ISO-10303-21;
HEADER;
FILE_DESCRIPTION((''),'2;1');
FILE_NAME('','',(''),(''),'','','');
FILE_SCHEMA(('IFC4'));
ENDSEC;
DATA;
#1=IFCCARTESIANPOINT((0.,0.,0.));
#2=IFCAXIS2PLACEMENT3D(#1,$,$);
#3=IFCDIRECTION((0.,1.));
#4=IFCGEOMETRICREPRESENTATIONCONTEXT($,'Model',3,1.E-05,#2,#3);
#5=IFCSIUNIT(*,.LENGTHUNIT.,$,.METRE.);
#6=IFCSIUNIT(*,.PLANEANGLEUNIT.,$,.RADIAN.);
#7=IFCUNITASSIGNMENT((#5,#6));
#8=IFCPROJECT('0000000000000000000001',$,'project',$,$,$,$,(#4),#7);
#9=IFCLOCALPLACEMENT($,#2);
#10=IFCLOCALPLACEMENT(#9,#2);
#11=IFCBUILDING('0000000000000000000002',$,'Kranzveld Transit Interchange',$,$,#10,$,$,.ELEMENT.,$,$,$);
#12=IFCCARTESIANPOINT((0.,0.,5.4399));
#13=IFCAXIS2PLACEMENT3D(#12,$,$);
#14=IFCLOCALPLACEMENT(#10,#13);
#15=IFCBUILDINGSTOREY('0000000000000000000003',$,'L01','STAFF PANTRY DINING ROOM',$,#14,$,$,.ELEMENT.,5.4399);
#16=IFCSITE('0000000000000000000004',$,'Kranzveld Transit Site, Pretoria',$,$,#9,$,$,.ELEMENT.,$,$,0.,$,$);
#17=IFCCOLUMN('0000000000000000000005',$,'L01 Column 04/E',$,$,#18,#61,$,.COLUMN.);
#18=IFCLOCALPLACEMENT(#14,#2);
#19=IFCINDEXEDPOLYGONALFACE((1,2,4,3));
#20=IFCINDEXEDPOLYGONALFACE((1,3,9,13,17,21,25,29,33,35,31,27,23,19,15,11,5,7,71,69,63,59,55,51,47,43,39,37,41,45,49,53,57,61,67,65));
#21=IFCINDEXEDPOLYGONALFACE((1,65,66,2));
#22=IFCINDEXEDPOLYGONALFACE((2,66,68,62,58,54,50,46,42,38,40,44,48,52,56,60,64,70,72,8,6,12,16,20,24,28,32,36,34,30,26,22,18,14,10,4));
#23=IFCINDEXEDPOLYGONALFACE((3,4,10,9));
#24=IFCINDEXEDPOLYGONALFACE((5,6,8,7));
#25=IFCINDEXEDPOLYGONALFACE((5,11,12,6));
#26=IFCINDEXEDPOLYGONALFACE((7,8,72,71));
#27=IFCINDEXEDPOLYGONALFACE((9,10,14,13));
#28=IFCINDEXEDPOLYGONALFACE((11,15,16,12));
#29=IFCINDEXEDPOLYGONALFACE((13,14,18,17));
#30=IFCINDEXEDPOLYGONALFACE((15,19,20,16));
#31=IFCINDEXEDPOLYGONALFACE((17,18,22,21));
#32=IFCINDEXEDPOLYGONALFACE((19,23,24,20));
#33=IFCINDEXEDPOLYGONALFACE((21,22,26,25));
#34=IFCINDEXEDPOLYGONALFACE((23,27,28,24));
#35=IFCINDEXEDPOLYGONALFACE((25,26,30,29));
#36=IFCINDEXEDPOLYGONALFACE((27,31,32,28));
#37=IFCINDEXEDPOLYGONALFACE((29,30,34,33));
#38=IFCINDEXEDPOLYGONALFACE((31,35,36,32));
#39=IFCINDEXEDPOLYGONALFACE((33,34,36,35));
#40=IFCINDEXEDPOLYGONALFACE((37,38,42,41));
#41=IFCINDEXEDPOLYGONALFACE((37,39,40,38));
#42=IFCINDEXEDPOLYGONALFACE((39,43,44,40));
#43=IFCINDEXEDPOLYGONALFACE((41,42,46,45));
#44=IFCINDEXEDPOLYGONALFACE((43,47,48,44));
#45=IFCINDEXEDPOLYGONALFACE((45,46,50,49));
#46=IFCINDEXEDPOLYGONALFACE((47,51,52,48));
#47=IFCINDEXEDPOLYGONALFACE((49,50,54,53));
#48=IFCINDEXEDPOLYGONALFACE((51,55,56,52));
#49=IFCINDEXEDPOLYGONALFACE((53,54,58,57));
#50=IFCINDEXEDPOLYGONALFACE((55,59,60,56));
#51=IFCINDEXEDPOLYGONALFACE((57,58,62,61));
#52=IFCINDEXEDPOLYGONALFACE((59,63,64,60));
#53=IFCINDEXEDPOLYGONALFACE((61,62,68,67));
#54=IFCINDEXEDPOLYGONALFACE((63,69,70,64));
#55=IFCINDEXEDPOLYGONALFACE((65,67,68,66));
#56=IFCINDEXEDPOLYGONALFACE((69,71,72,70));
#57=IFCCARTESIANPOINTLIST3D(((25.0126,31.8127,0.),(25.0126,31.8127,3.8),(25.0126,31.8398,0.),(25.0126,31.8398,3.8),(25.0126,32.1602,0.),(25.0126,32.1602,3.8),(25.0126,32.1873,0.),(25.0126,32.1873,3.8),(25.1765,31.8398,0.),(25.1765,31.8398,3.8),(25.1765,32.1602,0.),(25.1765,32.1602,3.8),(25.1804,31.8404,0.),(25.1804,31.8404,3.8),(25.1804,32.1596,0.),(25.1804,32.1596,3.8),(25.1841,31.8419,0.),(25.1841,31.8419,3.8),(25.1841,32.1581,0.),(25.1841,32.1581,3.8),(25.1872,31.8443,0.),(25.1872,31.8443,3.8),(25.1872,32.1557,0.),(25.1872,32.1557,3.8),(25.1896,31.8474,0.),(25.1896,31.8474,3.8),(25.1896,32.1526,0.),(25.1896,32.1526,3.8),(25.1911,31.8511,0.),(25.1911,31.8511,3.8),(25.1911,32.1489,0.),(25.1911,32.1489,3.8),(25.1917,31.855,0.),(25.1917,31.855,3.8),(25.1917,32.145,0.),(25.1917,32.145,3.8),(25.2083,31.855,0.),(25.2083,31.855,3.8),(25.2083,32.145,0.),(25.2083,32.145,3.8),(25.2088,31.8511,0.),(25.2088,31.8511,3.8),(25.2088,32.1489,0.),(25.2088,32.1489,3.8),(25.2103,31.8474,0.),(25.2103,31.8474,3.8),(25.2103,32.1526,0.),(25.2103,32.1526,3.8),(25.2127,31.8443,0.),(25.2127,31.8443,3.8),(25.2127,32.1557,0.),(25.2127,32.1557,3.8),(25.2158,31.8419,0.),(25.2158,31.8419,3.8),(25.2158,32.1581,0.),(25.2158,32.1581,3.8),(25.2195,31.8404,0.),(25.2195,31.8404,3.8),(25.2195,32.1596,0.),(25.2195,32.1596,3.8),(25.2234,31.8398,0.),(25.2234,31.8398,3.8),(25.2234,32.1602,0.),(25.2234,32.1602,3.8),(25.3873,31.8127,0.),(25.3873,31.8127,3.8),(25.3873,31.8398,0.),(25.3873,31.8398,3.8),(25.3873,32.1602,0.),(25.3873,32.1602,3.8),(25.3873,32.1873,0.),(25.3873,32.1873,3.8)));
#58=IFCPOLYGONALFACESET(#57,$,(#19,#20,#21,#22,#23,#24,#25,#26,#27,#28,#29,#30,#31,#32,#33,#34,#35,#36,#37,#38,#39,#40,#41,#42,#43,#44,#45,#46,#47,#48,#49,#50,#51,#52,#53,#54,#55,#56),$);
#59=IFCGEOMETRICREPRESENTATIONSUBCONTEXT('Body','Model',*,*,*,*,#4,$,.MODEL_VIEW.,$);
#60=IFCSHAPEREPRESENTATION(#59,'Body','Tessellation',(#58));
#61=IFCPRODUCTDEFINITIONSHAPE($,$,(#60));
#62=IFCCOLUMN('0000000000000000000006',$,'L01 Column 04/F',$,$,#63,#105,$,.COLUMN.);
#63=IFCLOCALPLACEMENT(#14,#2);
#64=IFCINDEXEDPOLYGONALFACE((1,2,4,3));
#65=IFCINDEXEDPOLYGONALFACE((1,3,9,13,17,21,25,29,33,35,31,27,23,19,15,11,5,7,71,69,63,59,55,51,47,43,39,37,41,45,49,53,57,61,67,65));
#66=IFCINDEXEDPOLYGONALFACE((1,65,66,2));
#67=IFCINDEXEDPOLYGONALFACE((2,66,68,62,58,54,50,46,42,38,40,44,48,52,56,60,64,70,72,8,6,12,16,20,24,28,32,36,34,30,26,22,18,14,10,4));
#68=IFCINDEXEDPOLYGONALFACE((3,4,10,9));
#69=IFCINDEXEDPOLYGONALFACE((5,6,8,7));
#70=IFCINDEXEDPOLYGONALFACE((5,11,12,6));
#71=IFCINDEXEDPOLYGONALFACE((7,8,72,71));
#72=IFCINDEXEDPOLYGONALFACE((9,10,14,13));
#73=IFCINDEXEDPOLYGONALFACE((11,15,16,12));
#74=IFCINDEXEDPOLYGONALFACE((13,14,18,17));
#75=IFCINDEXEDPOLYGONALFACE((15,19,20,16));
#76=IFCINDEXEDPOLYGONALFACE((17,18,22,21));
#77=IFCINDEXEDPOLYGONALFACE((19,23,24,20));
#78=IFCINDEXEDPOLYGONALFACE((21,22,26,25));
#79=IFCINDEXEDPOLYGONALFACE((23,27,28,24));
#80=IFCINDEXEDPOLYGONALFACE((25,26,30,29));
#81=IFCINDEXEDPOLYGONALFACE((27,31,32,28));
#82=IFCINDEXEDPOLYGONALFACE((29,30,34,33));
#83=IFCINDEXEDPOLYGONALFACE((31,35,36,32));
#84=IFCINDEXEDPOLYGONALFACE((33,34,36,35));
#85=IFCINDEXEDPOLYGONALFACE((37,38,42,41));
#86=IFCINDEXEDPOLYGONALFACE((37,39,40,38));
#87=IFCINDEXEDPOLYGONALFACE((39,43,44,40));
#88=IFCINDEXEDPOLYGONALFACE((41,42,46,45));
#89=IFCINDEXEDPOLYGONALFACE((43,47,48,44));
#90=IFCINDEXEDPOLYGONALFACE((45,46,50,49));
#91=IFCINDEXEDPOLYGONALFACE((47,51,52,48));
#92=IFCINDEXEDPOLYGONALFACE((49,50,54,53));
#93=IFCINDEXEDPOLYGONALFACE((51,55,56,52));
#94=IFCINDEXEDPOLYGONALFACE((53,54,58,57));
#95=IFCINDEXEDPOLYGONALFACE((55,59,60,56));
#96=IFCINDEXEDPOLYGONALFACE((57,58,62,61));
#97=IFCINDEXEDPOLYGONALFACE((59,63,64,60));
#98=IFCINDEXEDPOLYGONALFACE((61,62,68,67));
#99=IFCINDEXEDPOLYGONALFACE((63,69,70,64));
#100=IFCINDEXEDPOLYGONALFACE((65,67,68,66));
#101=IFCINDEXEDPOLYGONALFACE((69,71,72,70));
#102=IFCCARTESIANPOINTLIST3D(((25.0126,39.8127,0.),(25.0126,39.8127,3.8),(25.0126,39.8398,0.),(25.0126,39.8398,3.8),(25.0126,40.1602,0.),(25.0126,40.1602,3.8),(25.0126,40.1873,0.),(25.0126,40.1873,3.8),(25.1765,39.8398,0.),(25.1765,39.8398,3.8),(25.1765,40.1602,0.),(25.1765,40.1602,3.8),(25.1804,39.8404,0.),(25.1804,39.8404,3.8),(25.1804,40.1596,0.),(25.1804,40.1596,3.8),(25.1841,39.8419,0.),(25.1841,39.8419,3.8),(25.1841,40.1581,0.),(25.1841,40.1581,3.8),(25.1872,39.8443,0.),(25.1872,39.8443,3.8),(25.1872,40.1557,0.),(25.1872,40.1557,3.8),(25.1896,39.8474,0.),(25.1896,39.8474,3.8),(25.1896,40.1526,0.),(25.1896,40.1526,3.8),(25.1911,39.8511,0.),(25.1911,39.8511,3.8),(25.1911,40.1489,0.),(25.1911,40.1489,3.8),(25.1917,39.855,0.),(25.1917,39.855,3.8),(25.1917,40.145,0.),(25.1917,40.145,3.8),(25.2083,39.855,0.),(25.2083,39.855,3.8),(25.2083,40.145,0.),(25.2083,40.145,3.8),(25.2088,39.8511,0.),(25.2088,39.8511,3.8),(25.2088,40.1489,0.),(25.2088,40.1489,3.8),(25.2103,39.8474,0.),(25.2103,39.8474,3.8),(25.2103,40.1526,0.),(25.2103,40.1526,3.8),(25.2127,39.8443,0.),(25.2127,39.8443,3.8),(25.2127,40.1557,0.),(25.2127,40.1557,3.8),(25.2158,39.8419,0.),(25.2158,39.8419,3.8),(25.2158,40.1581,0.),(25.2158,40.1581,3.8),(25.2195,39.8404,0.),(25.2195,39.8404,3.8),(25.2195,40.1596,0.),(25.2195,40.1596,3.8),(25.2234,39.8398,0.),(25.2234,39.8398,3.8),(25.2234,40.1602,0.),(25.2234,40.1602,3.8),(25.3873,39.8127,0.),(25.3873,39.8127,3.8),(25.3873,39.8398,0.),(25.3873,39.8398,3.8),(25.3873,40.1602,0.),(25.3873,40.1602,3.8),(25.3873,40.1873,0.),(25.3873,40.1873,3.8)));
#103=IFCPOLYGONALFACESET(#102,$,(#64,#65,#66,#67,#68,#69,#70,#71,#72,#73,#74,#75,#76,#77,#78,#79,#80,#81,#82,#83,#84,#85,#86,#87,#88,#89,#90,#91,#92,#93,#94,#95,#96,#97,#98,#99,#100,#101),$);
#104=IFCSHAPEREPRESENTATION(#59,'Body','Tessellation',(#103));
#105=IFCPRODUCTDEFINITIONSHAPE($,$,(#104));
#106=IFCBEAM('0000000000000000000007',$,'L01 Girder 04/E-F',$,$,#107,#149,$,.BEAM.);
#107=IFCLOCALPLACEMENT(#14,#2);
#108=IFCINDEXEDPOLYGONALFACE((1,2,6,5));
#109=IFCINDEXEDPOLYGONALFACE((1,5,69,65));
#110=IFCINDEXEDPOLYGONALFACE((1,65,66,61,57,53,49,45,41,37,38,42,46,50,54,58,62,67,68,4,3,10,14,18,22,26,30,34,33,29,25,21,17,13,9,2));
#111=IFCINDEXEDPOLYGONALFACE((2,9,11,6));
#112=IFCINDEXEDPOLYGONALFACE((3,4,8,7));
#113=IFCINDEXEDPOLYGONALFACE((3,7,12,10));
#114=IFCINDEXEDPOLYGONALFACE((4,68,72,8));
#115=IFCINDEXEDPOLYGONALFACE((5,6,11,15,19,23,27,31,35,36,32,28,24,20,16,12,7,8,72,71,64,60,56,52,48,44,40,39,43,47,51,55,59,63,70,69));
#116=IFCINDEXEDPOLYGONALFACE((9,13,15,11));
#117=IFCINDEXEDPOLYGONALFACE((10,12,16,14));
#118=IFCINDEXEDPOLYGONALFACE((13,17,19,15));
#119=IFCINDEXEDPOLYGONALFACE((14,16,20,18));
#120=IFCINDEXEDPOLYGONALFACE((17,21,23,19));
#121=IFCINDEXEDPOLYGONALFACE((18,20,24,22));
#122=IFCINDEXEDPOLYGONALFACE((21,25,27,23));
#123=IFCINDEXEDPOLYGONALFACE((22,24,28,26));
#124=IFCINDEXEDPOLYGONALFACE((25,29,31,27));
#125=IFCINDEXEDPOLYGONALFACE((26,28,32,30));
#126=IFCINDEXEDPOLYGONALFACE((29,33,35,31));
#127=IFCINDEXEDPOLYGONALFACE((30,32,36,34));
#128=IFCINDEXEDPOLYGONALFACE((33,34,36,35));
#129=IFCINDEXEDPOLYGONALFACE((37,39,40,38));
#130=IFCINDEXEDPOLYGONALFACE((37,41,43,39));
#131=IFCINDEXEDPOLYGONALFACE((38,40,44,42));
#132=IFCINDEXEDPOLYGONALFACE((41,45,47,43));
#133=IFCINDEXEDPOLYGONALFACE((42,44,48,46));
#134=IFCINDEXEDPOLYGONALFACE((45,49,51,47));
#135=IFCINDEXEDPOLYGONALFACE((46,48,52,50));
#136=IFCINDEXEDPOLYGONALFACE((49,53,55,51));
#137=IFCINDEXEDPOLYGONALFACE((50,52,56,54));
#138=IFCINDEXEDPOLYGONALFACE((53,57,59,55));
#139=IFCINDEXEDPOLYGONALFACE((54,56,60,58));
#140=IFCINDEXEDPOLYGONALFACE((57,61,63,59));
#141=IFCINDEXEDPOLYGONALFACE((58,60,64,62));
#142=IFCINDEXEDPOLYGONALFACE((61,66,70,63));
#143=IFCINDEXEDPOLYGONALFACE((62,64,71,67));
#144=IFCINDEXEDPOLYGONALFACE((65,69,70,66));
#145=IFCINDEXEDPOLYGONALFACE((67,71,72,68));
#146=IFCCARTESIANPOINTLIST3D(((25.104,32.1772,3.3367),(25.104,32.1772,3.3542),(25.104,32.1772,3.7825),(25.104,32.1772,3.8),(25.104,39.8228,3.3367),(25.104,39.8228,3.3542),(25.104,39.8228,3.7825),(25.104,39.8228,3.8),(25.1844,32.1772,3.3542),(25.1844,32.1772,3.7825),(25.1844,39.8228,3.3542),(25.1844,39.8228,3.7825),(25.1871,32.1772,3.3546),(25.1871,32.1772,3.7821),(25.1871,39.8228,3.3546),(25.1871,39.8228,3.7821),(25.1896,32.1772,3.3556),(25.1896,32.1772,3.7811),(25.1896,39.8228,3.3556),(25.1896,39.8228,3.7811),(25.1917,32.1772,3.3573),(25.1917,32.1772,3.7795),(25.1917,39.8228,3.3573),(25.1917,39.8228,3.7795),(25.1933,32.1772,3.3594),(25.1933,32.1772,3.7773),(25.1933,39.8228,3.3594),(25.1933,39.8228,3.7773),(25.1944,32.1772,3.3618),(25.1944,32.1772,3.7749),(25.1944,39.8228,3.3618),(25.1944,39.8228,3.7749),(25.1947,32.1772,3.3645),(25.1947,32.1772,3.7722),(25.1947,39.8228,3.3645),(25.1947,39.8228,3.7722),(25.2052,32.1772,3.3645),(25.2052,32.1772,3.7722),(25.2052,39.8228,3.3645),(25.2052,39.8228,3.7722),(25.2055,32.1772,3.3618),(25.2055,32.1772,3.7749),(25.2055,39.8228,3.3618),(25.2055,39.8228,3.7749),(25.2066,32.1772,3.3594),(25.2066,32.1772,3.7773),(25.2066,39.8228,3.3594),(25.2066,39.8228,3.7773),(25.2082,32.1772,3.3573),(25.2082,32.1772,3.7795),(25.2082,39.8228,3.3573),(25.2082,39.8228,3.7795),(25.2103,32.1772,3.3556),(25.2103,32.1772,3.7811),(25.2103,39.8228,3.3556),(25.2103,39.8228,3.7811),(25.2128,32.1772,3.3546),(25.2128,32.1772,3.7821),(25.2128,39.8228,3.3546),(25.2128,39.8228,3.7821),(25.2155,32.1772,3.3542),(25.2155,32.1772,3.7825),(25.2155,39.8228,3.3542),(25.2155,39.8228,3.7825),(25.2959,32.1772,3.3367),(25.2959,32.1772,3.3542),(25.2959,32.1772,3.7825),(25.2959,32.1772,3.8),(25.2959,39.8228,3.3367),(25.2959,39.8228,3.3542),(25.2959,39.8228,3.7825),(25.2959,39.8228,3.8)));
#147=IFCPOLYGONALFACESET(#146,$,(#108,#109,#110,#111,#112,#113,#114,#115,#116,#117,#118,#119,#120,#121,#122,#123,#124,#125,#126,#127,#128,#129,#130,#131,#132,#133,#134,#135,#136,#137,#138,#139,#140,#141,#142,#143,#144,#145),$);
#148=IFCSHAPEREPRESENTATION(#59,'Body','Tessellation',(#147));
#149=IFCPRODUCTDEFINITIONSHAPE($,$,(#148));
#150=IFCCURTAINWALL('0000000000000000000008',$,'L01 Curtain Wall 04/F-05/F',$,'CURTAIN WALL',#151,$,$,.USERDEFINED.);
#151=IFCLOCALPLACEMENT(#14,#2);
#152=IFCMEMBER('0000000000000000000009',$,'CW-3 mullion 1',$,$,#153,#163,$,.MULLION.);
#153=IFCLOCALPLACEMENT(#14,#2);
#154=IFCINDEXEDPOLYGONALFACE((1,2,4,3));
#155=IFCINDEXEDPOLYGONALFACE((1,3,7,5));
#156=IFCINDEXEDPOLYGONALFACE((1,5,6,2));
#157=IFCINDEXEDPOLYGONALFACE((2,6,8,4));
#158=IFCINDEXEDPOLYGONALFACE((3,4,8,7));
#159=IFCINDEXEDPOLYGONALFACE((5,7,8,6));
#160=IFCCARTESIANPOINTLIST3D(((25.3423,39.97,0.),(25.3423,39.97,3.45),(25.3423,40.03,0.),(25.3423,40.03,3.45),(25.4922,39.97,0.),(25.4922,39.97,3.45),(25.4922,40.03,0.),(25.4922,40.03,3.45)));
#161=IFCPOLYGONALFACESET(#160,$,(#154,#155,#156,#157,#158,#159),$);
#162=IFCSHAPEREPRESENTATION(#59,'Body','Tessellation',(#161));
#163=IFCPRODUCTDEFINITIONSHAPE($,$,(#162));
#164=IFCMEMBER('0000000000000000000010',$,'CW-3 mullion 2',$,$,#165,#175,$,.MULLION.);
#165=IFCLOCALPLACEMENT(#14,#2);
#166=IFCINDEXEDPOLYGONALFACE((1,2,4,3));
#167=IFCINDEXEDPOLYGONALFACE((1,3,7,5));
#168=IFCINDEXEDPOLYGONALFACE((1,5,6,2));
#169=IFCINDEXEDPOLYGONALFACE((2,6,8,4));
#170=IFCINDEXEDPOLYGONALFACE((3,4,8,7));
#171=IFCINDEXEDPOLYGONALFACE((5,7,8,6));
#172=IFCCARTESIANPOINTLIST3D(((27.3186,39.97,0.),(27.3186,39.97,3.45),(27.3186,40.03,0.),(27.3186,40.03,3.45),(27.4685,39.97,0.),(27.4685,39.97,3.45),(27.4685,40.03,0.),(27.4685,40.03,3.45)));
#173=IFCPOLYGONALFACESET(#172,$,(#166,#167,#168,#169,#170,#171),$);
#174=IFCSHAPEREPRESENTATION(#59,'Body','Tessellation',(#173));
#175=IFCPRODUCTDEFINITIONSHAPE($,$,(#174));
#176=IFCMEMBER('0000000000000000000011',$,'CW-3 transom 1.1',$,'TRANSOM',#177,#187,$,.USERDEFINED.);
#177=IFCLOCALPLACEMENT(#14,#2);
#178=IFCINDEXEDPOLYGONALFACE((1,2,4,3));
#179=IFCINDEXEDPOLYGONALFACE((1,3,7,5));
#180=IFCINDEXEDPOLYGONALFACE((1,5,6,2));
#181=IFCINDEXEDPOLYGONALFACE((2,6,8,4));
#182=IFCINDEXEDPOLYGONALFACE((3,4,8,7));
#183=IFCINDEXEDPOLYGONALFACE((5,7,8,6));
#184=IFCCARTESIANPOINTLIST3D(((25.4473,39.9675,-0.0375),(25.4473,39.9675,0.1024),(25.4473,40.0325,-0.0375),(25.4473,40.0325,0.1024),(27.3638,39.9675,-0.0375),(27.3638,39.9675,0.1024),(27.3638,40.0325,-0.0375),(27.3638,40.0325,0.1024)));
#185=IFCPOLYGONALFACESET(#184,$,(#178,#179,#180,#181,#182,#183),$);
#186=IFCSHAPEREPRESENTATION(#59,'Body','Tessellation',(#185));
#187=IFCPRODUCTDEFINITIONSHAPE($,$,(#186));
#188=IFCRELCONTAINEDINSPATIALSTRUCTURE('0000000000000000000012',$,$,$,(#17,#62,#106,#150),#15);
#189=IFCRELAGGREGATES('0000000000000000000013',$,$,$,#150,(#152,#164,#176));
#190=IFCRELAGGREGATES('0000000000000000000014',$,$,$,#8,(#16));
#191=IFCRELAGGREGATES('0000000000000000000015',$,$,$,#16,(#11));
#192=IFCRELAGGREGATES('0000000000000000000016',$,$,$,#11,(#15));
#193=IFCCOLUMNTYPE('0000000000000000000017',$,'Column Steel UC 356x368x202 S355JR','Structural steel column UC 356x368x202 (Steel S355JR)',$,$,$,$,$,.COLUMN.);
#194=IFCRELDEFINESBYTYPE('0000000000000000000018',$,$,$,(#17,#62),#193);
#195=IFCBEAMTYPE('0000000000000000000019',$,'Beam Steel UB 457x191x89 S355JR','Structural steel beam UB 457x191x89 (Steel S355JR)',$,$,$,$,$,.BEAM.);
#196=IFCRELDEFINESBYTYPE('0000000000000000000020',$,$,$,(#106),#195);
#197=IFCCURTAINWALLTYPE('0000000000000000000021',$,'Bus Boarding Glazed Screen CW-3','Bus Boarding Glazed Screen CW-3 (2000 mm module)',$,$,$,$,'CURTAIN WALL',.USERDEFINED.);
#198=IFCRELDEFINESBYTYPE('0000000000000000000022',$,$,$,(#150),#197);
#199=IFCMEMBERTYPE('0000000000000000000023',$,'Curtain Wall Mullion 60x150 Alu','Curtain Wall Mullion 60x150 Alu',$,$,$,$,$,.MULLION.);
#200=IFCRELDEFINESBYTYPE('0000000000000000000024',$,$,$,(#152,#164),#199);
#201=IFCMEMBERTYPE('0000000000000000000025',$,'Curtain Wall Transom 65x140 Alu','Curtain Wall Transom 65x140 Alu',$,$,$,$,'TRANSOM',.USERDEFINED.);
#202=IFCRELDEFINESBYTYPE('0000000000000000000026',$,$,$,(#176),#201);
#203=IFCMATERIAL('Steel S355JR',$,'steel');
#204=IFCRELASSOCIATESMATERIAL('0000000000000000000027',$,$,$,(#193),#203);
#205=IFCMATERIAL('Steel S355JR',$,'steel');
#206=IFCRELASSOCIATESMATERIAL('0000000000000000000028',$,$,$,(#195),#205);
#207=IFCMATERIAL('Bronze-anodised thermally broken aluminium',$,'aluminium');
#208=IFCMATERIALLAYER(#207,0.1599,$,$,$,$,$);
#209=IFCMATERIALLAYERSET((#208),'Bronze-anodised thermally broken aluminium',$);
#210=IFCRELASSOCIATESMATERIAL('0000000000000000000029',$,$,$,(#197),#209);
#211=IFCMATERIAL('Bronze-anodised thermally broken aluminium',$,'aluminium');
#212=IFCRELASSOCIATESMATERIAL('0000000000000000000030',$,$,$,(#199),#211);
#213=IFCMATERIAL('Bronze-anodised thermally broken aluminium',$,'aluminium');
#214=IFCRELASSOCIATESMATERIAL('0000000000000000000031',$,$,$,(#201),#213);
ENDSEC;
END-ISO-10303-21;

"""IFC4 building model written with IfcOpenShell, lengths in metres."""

from ifc_helpers import new_model, si_unit, direction, frame, origin, origin_2d, place, context, subcontext, project, spatial, rectangle, i_section, extrude, material, layer, layer_set, material_profile, profile_set, type_object, element, aggregate, save


model = new_model("IFC4")

# Units and contexts
model_context = context("Model", 3, precision=1e-05, world=origin(), true_north=direction((0.0, 1.0)))
body_context = subcontext(model_context, "Body", "Model", "MODEL_VIEW")
ifc_project = project(units=[si_unit("LENGTHUNIT", "METRE"), si_unit("PLANEANGLEUNIT", "RADIAN")], contexts=[model_context])

# Site, building, storey
site_placement = place(None, origin())
site = spatial("IfcSite", under=ifc_project, at=site_placement, Name="Kranzveld Transit Site, Pretoria", CompositionType="ELEMENT", RefElevation=0.0)
building_placement = place(site_placement, origin())
building = spatial("IfcBuilding", under=site, at=building_placement, Name="Kranzveld Transit Interchange", CompositionType="ELEMENT")
storey_placement = place(building_placement, frame((0.0, 0.0, 5.4399)))
storey = spatial("IfcBuildingStorey", under=building, at=storey_placement, Name="L01", Description="STAFF PANTRY DINING ROOM", CompositionType="ELEMENT", Elevation=5.4399)

# Columns
ifc_material_1 = material(Name="Steel S355JR", Category="steel")
ifc_material_profile_1 = material_profile(ifc_material_1, i_section(OverallWidth=0.3748, OverallDepth=0.3745, WebThickness=0.0166, FlangeThickness=0.0271, FilletRadius=0.0151, at=origin_2d()), Name="UC 356x368x202")
ifc_profile_set_1 = profile_set([ifc_material_profile_1], Name="Steel S355JR")
column_type = type_object("IfcColumnType", Name="Column Steel UC 356x368x202 S355JR", Description="Structural steel column UC 356x368x202 (Steel S355JR)", PredefinedType="COLUMN", material=ifc_profile_set_1)
for number, where, z_axis, x_axis, name in (
    (1, (25.2, 32.0, 0.0), (0.0, 0.0, 1.0), (1.0, 0.0, 0.0), "L01 Column 04/E"),
    (2, (25.2, 40.0, 0.0), (0.0, 0.0, 1.0), (1.0, 0.0, 0.0), "L01 Column 04/F"),
):
    element("IfcColumn", number, at=place(storey_placement, frame(where, z_axis=z_axis, x_axis=x_axis)), inside=storey, type_object=column_type, Name=name, PredefinedType="COLUMN", context=body_context, shape_type="SweptSolid", body=[
        extrude(i_section(OverallWidth=0.3748, OverallDepth=0.3745, WebThickness=0.0166, FlangeThickness=0.0271, FilletRadius=0.0151, at=origin_2d()), origin(), (0.0, 0.0, 1.0), 3.8),
    ])

# Beam
ifc_material_2 = material(Name="Steel S355JR", Category="steel")
ifc_material_profile_2 = material_profile(ifc_material_2, i_section(OverallWidth=0.1919, OverallDepth=0.4634, WebThickness=0.0105, FlangeThickness=0.0176, FilletRadius=0.0103, at=origin_2d()), Name="UB 457x191x89")
ifc_profile_set_2 = profile_set([ifc_material_profile_2], Name="Steel S355JR")
beam_type_1 = type_object("IfcBeamType", Name="Beam Steel UB 457x191x89 S355JR", Description="Structural steel beam UB 457x191x89 (Steel S355JR)", PredefinedType="BEAM", material=ifc_profile_set_2)
beam_1_placement = place(storey_placement, frame((25.2, 32.1772, 3.5684), z_axis=(0.0, 1.0, 0.0), x_axis=(-1.0, 0.0, 0.0)))
element("IfcBeam", 3, at=beam_1_placement, inside=storey, type_object=beam_type_1, Name="L01 Girder 04/E-F", PredefinedType="BEAM", context=body_context, shape_type="SweptSolid", body=[
    extrude(i_section(OverallWidth=0.1919, OverallDepth=0.4634, WebThickness=0.0105, FlangeThickness=0.0176, FilletRadius=0.0103, at=origin_2d()), origin(), (0.0, 0.0, 1.0), 7.6455),
])

# Curtain wall, members
ifc_material_3 = material(Name="Bronze-anodised thermally broken aluminium", Category="aluminium")
ifc_layer_1 = layer(ifc_material_3, 0.1599)
ifc_layer_set_1 = layer_set([ifc_layer_1], Name="Bronze-anodised thermally broken aluminium")
curtain_wall_type = type_object("IfcCurtainWallType", Name="Bus Boarding Glazed Screen CW-3", Description="Bus Boarding Glazed Screen CW-3 (2000 mm module)", ElementType="CURTAIN WALL", PredefinedType="USERDEFINED", material=ifc_layer_set_1)
curtain_wall_placement = place(storey_placement, origin())
curtain_wall = element("IfcCurtainWall", 4, at=curtain_wall_placement, inside=storey, type_object=curtain_wall_type, Name="L01 Curtain Wall 04/F-05/F", ObjectType="CURTAIN WALL", PredefinedType="USERDEFINED")
ifc_material_4 = material(Name="Bronze-anodised thermally broken aluminium", Category="aluminium")
ifc_material_profile_3 = material_profile(ifc_material_4, rectangle(XDim=0.0601, YDim=0.1499, at=origin_2d()), Name="ALU MULLION 60x150")
ifc_profile_set_3 = profile_set([ifc_material_profile_3], Name="Bronze-anodised thermally broken aluminium")
member_type_1 = type_object("IfcMemberType", Name="Curtain Wall Mullion 60x150 Alu", Description="Curtain Wall Mullion 60x150 Alu", PredefinedType="MULLION", material=ifc_profile_set_3)
member_1_placement = place(storey_placement, frame((25.4172, 40.0, 0.0), z_axis=(0.0, 0.0, 1.0), x_axis=(0.0, 1.0, 0.0)))
member_1 = element("IfcMember", 5, at=member_1_placement, type_object=member_type_1, Name="CW-3 mullion 1", PredefinedType="MULLION", context=body_context, shape_type="SweptSolid", body=[
    extrude(rectangle(XDim=0.0601, YDim=0.1499, at=origin_2d()), origin(), (0.0, 0.0, 1.0), 3.45),
])
member_2_placement = place(storey_placement, frame((27.3936, 40.0, 0.0), z_axis=(0.0, 0.0, 1.0), x_axis=(0.0, 1.0, 0.0)))
member_2 = element("IfcMember", 6, at=member_2_placement, type_object=member_type_1, Name="CW-3 mullion 2", PredefinedType="MULLION", context=body_context, shape_type="SweptSolid", body=[
    extrude(rectangle(XDim=0.0601, YDim=0.1499, at=origin_2d()), origin(), (0.0, 0.0, 1.0), 3.45),
])
ifc_material_5 = material(Name="Bronze-anodised thermally broken aluminium", Category="aluminium")
ifc_material_profile_4 = material_profile(ifc_material_5, rectangle(XDim=0.0649, YDim=0.1399, at=origin_2d()), Name="ALU TRANSOM 65x140")
ifc_profile_set_4 = profile_set([ifc_material_profile_4], Name="Bronze-anodised thermally broken aluminium")
member_type_2 = type_object("IfcMemberType", Name="Curtain Wall Transom 65x140 Alu", Description="Curtain Wall Transom 65x140 Alu", ElementType="TRANSOM", PredefinedType="USERDEFINED", material=ifc_profile_set_4)
member_3_placement = place(storey_placement, frame((25.4473, 40.0, 0.0325), z_axis=(1.0, 0.0, 0.0), x_axis=(0.0, 1.0, 0.0)))
member_3 = element("IfcMember", 7, at=member_3_placement, type_object=member_type_2, Name="CW-3 transom 1.1", ObjectType="TRANSOM", PredefinedType="USERDEFINED", context=body_context, shape_type="SweptSolid", body=[
    extrude(rectangle(XDim=0.0649, YDim=0.1399, at=origin_2d()), origin(), (0.0, 0.0, 1.0), 1.9165),
])

aggregate(curtain_wall, [member_1, member_2, member_3])

save(model, "model.ifc")
